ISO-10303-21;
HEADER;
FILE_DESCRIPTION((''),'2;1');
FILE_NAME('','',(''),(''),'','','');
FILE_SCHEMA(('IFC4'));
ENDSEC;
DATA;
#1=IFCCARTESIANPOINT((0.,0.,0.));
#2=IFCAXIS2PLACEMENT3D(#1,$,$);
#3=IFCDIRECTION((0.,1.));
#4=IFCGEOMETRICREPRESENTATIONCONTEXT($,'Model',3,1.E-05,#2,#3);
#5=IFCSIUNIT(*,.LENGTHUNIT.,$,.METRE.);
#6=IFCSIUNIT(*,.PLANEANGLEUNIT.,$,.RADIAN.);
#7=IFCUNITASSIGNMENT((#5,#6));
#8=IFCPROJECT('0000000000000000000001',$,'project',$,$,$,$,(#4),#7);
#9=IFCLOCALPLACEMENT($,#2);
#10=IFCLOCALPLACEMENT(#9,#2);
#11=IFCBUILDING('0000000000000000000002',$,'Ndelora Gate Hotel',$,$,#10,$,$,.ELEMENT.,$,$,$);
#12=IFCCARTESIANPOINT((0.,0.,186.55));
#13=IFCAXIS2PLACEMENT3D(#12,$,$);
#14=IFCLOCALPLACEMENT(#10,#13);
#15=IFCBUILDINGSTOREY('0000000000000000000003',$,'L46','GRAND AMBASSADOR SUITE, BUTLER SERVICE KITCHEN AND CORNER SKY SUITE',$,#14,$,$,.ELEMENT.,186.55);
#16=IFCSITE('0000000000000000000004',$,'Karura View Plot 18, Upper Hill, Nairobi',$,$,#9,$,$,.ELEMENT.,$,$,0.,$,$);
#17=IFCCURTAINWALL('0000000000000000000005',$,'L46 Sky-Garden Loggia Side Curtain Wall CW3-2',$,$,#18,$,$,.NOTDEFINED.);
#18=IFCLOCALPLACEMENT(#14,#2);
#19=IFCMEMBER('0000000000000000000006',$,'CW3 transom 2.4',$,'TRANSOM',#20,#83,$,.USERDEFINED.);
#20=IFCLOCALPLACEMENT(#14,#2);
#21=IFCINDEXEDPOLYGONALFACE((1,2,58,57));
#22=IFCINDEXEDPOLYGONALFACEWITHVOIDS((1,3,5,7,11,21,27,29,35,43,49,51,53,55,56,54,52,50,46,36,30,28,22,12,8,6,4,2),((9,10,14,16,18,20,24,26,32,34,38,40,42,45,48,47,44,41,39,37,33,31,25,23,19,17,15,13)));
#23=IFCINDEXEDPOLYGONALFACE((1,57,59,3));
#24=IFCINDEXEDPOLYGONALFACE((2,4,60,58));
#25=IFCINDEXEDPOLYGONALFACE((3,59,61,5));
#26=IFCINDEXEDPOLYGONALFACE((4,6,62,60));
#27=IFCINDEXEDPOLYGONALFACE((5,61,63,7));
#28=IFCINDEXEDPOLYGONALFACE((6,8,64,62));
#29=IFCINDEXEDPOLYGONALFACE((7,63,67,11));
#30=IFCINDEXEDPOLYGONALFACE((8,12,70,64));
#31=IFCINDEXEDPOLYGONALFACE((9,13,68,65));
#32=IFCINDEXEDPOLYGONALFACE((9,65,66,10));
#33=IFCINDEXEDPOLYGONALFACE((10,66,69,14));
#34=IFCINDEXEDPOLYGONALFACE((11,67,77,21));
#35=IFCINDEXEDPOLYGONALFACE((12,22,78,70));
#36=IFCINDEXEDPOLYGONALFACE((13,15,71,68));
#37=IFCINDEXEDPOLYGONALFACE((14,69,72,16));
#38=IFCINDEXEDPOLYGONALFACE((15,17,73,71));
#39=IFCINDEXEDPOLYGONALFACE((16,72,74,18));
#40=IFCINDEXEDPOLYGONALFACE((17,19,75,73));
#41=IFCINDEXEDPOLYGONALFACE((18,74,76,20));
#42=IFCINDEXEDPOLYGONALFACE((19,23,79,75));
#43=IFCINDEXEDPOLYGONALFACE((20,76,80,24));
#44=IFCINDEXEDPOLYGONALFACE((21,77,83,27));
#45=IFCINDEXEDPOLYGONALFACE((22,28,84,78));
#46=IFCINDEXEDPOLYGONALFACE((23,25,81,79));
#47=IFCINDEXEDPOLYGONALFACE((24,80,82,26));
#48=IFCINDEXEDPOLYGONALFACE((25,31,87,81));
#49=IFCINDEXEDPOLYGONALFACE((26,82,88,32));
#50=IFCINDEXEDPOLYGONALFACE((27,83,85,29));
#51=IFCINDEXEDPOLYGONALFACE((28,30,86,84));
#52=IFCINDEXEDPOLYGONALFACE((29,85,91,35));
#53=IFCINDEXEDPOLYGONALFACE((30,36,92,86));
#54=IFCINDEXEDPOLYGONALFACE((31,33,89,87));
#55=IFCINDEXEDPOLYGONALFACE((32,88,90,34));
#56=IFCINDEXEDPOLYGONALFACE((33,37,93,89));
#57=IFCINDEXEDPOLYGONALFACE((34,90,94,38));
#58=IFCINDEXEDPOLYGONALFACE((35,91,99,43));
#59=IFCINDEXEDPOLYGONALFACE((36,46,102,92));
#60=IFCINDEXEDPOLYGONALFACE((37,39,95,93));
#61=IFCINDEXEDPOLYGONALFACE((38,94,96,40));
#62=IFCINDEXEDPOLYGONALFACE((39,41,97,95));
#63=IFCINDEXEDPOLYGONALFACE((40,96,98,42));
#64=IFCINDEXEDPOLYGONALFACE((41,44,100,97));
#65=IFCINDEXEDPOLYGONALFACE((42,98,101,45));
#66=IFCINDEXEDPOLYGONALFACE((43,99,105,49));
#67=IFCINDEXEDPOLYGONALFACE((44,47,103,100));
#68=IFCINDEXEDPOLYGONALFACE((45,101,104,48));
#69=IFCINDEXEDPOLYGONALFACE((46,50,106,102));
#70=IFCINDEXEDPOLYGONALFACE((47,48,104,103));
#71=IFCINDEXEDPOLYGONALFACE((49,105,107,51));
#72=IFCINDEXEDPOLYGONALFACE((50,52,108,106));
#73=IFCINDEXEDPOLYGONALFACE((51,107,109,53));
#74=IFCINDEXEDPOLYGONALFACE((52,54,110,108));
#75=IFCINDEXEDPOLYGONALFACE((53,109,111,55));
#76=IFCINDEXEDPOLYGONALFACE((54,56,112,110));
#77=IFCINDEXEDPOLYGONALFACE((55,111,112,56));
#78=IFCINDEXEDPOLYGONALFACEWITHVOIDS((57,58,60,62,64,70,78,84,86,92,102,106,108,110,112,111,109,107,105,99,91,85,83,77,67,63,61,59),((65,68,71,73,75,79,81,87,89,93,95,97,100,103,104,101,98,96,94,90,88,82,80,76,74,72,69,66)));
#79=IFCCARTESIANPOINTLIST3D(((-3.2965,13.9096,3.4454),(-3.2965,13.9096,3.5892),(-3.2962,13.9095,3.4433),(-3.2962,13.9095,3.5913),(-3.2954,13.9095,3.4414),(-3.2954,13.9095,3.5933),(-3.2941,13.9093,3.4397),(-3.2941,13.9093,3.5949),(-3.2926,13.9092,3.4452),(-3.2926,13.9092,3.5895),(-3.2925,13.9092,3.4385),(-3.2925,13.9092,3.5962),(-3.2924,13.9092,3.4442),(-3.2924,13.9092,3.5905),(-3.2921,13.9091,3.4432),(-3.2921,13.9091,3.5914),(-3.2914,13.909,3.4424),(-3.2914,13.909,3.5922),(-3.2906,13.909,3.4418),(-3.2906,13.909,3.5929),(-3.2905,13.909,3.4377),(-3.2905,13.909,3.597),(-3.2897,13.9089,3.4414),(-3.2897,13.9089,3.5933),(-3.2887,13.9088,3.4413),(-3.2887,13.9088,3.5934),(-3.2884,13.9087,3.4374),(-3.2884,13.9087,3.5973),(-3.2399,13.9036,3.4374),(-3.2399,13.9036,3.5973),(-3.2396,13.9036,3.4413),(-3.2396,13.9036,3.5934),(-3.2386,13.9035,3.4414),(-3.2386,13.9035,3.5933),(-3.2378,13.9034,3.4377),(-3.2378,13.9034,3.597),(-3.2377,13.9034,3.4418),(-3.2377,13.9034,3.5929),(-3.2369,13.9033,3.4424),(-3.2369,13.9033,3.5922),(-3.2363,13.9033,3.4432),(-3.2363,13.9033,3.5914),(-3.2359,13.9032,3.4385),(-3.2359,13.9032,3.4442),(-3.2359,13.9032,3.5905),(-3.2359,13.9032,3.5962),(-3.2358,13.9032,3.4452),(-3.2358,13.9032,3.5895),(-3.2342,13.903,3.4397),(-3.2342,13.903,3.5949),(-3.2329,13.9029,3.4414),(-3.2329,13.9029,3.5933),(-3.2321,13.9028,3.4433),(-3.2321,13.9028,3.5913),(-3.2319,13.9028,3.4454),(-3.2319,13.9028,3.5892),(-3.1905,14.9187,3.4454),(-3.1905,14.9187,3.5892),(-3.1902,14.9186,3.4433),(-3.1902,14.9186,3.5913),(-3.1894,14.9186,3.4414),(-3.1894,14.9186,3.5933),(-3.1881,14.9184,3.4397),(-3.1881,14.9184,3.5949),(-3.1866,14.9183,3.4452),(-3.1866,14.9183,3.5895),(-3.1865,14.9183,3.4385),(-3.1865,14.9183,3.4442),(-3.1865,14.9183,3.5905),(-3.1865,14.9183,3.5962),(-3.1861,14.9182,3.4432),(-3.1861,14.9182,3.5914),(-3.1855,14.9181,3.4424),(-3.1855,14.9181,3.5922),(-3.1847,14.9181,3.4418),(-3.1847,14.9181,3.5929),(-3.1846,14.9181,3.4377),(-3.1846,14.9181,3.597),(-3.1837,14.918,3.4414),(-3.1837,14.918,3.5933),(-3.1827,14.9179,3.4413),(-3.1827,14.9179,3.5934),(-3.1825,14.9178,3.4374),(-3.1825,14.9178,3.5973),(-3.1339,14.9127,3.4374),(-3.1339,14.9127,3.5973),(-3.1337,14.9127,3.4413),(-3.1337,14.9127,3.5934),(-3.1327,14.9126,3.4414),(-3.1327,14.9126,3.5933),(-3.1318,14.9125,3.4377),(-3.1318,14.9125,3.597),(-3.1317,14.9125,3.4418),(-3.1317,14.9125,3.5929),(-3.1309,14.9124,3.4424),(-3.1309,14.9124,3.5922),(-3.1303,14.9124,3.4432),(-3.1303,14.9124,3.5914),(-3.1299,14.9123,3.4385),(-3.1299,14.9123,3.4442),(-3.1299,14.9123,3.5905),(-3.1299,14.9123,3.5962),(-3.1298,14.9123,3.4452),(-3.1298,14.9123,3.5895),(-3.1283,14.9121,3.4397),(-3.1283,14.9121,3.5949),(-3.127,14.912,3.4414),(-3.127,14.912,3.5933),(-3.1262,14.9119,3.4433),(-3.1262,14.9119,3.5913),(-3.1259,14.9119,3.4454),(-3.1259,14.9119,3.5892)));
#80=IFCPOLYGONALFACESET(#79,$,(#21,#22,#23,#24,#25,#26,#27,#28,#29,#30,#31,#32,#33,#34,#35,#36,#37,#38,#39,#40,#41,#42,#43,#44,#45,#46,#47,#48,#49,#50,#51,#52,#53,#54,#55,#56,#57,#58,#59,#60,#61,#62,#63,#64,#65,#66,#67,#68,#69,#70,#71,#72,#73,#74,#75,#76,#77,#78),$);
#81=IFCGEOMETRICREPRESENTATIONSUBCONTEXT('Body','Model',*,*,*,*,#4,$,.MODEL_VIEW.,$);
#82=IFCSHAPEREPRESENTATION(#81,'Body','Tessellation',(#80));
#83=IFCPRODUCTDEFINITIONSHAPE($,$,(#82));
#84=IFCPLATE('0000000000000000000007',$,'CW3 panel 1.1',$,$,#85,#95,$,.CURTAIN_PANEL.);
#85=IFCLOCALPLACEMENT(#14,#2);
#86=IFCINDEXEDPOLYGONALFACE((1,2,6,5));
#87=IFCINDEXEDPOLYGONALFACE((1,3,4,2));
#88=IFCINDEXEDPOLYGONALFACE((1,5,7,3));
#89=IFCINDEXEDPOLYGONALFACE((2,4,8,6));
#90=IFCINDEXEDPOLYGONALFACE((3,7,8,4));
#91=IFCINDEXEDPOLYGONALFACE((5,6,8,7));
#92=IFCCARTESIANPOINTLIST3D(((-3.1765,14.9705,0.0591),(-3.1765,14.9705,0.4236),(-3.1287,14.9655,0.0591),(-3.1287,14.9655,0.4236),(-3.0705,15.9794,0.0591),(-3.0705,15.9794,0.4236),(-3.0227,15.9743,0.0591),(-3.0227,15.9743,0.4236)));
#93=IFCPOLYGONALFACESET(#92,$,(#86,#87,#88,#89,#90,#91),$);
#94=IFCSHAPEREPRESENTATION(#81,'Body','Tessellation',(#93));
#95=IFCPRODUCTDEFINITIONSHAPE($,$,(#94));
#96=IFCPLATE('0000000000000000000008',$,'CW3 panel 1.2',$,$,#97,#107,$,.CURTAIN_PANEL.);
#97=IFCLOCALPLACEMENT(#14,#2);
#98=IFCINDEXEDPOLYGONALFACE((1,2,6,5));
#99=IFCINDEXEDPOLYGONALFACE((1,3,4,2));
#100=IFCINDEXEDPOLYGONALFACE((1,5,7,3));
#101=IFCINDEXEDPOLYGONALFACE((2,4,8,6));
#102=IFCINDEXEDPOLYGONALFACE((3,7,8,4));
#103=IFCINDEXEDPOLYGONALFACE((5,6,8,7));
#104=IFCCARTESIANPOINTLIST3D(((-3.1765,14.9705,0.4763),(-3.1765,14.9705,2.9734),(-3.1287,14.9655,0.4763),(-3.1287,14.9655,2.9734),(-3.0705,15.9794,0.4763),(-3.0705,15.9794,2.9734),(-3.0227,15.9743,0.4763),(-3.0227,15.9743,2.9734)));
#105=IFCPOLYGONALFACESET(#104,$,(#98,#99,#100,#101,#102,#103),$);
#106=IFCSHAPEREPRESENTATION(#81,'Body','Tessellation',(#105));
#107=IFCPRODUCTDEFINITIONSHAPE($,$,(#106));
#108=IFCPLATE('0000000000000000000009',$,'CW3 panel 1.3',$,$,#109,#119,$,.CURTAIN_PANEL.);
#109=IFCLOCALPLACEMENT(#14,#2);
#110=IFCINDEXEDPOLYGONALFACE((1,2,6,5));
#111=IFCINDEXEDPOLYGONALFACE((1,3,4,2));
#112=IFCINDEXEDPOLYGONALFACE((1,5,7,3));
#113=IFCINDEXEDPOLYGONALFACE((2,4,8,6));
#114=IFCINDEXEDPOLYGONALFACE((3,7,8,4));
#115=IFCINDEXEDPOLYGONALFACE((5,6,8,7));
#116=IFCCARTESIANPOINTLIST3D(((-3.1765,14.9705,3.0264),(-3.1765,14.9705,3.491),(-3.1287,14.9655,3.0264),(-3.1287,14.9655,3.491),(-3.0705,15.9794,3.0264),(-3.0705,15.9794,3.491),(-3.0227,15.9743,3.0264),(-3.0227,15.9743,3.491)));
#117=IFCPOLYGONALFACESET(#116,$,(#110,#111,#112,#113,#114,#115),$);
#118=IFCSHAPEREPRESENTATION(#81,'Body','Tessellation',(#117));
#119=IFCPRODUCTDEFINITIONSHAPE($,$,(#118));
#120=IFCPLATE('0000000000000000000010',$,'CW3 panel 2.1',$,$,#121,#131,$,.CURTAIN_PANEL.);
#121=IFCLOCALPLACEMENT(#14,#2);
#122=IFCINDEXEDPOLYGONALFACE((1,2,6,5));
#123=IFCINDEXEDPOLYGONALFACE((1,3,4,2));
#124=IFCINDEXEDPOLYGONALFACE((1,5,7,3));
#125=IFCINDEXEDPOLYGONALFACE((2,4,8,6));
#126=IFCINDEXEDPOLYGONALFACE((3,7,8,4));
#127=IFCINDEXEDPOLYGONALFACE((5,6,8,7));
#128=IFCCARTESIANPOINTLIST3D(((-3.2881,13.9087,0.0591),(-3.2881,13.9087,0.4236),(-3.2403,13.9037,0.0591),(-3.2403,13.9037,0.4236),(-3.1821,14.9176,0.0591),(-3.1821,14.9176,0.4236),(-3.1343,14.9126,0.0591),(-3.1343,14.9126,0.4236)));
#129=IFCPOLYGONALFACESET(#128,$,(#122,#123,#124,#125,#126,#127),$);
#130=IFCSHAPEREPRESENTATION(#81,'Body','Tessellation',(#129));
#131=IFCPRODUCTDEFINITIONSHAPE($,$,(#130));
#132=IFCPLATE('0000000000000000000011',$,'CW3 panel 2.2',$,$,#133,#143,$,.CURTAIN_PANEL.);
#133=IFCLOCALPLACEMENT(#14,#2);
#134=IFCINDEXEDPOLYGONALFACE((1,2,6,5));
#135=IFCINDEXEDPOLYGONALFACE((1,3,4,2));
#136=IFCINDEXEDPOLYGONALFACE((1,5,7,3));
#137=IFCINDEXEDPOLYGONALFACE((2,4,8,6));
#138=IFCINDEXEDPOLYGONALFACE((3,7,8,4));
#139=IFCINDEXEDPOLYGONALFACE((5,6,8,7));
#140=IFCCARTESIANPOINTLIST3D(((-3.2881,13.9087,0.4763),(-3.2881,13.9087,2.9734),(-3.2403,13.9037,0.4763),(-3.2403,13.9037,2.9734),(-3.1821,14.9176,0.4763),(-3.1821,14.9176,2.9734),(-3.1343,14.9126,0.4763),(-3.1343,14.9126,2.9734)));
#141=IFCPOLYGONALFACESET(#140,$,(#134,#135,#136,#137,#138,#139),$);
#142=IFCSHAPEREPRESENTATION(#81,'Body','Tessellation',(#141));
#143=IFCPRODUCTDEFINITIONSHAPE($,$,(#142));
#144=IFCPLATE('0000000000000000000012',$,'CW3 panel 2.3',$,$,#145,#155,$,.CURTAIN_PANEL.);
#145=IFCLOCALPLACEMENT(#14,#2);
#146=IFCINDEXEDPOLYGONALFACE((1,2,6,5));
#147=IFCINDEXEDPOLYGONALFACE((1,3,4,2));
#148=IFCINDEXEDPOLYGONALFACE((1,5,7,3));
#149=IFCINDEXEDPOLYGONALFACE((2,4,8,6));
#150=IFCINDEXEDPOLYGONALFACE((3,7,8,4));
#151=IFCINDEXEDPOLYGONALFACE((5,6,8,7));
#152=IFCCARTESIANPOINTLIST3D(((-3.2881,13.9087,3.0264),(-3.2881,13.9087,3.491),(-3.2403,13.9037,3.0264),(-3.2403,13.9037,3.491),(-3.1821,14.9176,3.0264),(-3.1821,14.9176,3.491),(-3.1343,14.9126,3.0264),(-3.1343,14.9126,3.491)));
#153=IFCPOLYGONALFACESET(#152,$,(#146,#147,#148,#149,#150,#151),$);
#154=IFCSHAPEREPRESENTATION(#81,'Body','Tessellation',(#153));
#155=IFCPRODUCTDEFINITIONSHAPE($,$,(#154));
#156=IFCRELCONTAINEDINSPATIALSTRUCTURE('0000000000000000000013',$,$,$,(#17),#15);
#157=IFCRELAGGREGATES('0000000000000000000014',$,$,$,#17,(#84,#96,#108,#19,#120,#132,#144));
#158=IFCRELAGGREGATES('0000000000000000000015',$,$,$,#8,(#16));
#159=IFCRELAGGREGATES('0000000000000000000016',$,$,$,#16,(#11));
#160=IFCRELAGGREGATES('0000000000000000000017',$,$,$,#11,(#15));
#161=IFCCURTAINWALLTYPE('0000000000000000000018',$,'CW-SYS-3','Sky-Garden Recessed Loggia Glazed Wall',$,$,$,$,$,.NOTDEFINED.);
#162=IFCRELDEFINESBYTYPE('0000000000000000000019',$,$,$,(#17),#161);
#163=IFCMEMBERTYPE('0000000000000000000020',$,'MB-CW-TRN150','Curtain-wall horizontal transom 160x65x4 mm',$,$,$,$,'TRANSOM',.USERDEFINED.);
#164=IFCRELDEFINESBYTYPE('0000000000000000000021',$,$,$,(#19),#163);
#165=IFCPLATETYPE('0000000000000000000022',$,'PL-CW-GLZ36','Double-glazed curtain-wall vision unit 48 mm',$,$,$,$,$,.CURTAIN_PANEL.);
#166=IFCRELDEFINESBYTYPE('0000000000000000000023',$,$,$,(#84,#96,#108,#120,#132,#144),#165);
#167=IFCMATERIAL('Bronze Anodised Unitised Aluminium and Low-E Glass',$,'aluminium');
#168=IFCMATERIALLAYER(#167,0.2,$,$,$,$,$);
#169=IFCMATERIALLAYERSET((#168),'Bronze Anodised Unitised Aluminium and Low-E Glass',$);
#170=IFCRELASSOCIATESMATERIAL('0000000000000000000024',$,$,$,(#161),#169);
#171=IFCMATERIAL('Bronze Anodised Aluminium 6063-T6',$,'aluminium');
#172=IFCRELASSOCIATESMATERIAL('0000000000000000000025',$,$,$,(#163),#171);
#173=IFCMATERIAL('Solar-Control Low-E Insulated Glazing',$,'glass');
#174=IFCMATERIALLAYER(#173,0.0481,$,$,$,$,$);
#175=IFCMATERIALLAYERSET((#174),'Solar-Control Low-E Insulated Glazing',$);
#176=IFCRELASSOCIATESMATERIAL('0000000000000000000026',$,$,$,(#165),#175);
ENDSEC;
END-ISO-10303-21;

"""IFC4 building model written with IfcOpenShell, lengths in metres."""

from ifc_helpers import new_model, si_unit, direction, frame, origin, origin_2d, place, context, subcontext, project, spatial, rectangle, hollow_rectangle, extrude, material, layer, layer_set, material_profile, profile_set, type_object, element, aggregate, save


model = new_model("IFC4")

# Units and contexts
model_context = context("Model", 3, precision=1e-05, world=origin(), true_north=direction((0.0, 1.0)))
body_context = subcontext(model_context, "Body", "Model", "MODEL_VIEW")
ifc_project = project(units=[si_unit("LENGTHUNIT", "METRE"), si_unit("PLANEANGLEUNIT", "RADIAN")], contexts=[model_context])

# Site, building, storey
site_placement = place(None, origin())
site = spatial("IfcSite", under=ifc_project, at=site_placement, Name="Karura View Plot 18, Upper Hill, Nairobi", CompositionType="ELEMENT", RefElevation=0.0)
building_placement = place(site_placement, origin())
building = spatial("IfcBuilding", under=site, at=building_placement, Name="Ndelora Gate Hotel", CompositionType="ELEMENT")
storey_placement = place(building_placement, frame((0.0, 0.0, 186.55)))
storey = spatial("IfcBuildingStorey", under=building, at=storey_placement, Name="L46", Description="GRAND AMBASSADOR SUITE, BUTLER SERVICE KITCHEN AND CORNER SKY SUITE", CompositionType="ELEMENT", Elevation=186.55)

# Curtain wall, member, plates
ifc_material_1 = material(Name="Bronze Anodised Unitised Aluminium and Low-E Glass", Category="aluminium")
ifc_layer_1 = layer(ifc_material_1, 0.2)
ifc_layer_set_1 = layer_set([ifc_layer_1], Name="Bronze Anodised Unitised Aluminium and Low-E Glass")
curtain_wall_type = type_object("IfcCurtainWallType", Name="CW-SYS-3", Description="Sky-Garden Recessed Loggia Glazed Wall", PredefinedType="NOTDEFINED", material=ifc_layer_set_1)
curtain_wall_placement = place(storey_placement, origin())
curtain_wall = element("IfcCurtainWall", 1, at=curtain_wall_placement, inside=storey, type_object=curtain_wall_type, Name="L46 Sky-Garden Loggia Side Curtain Wall CW3-2", PredefinedType="NOTDEFINED")
ifc_material_2 = material(Name="Bronze Anodised Aluminium 6063-T6", Category="aluminium")
ifc_material_profile_1 = material_profile(ifc_material_2, hollow_rectangle(XDim=0.0649, YDim=0.1599, WallThickness=0.0039, InnerFilletRadius=0.0039, OuterFilletRadius=0.0081, at=origin_2d()), Name="ALU 160x65x4")
ifc_profile_set_1 = profile_set([ifc_material_profile_1], Name="Bronze Anodised Aluminium 6063-T6")
member_type_1 = type_object("IfcMemberType", Name="MB-CW-TRN150", Description="Curtain-wall horizontal transom 160x65x4 mm", ElementType="TRANSOM", PredefinedType="USERDEFINED", material=ifc_profile_set_1)
member_1_placement = place(storey_placement, frame((-3.1582, 14.9153, 3.5173), z_axis=(-0.104434, -0.994532, 0.0), x_axis=(0.994532, -0.104434, 0.0)))
member_1 = element("IfcMember", 2, at=member_1_placement, type_object=member_type_1, Name="CW3 transom 2.4", ObjectType="TRANSOM", PredefinedType="USERDEFINED", context=body_context, shape_type="SweptSolid", body=[
    extrude(hollow_rectangle(XDim=0.0649, YDim=0.1599, WallThickness=0.0039, InnerFilletRadius=0.0039, OuterFilletRadius=0.0081, at=origin_2d()), origin(), (0.0, 0.0, 1.0), 1.0146),
])
ifc_material_3 = material(Name="Solar-Control Low-E Insulated Glazing", Category="glass")
ifc_layer_2 = layer(ifc_material_3, 0.0481)
ifc_layer_set_2 = layer_set([ifc_layer_2], Name="Solar-Control Low-E Insulated Glazing")
plate_type = type_object("IfcPlateType", Name="PL-CW-GLZ36", Description="Double-glazed curtain-wall vision unit 48 mm", PredefinedType="CURTAIN_PANEL", material=ifc_layer_set_2)
plate_1_placement = place(storey_placement, frame((-3.0996, 15.4724, 0.0591), z_axis=(0.0, 0.0, 1.0), x_axis=(-0.104498, -0.994525, 0.0)))
plate_1 = element("IfcPlate", 3, at=plate_1_placement, type_object=plate_type, Name="CW3 panel 1.1", PredefinedType="CURTAIN_PANEL", context=body_context, shape_type="SweptSolid", body=[
    extrude(rectangle(XDim=1.0144, YDim=0.0481, at=origin_2d()), origin(), (0.0, 0.0, 1.0), 0.3645),
])
plate_2_placement = place(storey_placement, frame((-3.0996, 15.4724, 0.4763), z_axis=(0.0, 0.0, 1.0), x_axis=(-0.104498, -0.994525, 0.0)))
plate_2 = element("IfcPlate", 4, at=plate_2_placement, type_object=plate_type, Name="CW3 panel 1.2", PredefinedType="CURTAIN_PANEL", context=body_context, shape_type="SweptSolid", body=[
    extrude(rectangle(XDim=1.0144, YDim=0.0481, at=origin_2d()), origin(), (0.0, 0.0, 1.0), 2.4971),
])
plate_3_placement = place(storey_placement, frame((-3.0996, 15.4724, 3.0264), z_axis=(0.0, 0.0, 1.0), x_axis=(-0.104498, -0.994525, 0.0)))
plate_3 = element("IfcPlate", 5, at=plate_3_placement, type_object=plate_type, Name="CW3 panel 1.3", PredefinedType="CURTAIN_PANEL", context=body_context, shape_type="SweptSolid", body=[
    extrude(rectangle(XDim=1.0144, YDim=0.0481, at=origin_2d()), origin(), (0.0, 0.0, 1.0), 0.4646),
])
plate_4_placement = place(storey_placement, frame((-3.2112, 14.4106, 0.0591), z_axis=(0.0, 0.0, 1.0), x_axis=(-0.104498, -0.994525, 0.0)))
plate_4 = element("IfcPlate", 6, at=plate_4_placement, type_object=plate_type, Name="CW3 panel 2.1", PredefinedType="CURTAIN_PANEL", context=body_context, shape_type="SweptSolid", body=[
    extrude(rectangle(XDim=1.0144, YDim=0.0481, at=origin_2d()), origin(), (0.0, 0.0, 1.0), 0.3645),
])
plate_5_placement = place(storey_placement, frame((-3.2112, 14.4106, 0.4763), z_axis=(0.0, 0.0, 1.0), x_axis=(-0.104498, -0.994525, 0.0)))
plate_5 = element("IfcPlate", 7, at=plate_5_placement, type_object=plate_type, Name="CW3 panel 2.2", PredefinedType="CURTAIN_PANEL", context=body_context, shape_type="SweptSolid", body=[
    extrude(rectangle(XDim=1.0144, YDim=0.0481, at=origin_2d()), origin(), (0.0, 0.0, 1.0), 2.4971),
])
plate_6_placement = place(storey_placement, frame((-3.2112, 14.4106, 3.0264), z_axis=(0.0, 0.0, 1.0), x_axis=(-0.104498, -0.994525, 0.0)))
plate_6 = element("IfcPlate", 8, at=plate_6_placement, type_object=plate_type, Name="CW3 panel 2.3", PredefinedType="CURTAIN_PANEL", context=body_context, shape_type="SweptSolid", body=[
    extrude(rectangle(XDim=1.0144, YDim=0.0481, at=origin_2d()), origin(), (0.0, 0.0, 1.0), 0.4646),
])
aggregate(curtain_wall, [plate_1, plate_2, plate_3, member_1, plate_4, plate_5, plate_6])

save(model, "model.ifc")
